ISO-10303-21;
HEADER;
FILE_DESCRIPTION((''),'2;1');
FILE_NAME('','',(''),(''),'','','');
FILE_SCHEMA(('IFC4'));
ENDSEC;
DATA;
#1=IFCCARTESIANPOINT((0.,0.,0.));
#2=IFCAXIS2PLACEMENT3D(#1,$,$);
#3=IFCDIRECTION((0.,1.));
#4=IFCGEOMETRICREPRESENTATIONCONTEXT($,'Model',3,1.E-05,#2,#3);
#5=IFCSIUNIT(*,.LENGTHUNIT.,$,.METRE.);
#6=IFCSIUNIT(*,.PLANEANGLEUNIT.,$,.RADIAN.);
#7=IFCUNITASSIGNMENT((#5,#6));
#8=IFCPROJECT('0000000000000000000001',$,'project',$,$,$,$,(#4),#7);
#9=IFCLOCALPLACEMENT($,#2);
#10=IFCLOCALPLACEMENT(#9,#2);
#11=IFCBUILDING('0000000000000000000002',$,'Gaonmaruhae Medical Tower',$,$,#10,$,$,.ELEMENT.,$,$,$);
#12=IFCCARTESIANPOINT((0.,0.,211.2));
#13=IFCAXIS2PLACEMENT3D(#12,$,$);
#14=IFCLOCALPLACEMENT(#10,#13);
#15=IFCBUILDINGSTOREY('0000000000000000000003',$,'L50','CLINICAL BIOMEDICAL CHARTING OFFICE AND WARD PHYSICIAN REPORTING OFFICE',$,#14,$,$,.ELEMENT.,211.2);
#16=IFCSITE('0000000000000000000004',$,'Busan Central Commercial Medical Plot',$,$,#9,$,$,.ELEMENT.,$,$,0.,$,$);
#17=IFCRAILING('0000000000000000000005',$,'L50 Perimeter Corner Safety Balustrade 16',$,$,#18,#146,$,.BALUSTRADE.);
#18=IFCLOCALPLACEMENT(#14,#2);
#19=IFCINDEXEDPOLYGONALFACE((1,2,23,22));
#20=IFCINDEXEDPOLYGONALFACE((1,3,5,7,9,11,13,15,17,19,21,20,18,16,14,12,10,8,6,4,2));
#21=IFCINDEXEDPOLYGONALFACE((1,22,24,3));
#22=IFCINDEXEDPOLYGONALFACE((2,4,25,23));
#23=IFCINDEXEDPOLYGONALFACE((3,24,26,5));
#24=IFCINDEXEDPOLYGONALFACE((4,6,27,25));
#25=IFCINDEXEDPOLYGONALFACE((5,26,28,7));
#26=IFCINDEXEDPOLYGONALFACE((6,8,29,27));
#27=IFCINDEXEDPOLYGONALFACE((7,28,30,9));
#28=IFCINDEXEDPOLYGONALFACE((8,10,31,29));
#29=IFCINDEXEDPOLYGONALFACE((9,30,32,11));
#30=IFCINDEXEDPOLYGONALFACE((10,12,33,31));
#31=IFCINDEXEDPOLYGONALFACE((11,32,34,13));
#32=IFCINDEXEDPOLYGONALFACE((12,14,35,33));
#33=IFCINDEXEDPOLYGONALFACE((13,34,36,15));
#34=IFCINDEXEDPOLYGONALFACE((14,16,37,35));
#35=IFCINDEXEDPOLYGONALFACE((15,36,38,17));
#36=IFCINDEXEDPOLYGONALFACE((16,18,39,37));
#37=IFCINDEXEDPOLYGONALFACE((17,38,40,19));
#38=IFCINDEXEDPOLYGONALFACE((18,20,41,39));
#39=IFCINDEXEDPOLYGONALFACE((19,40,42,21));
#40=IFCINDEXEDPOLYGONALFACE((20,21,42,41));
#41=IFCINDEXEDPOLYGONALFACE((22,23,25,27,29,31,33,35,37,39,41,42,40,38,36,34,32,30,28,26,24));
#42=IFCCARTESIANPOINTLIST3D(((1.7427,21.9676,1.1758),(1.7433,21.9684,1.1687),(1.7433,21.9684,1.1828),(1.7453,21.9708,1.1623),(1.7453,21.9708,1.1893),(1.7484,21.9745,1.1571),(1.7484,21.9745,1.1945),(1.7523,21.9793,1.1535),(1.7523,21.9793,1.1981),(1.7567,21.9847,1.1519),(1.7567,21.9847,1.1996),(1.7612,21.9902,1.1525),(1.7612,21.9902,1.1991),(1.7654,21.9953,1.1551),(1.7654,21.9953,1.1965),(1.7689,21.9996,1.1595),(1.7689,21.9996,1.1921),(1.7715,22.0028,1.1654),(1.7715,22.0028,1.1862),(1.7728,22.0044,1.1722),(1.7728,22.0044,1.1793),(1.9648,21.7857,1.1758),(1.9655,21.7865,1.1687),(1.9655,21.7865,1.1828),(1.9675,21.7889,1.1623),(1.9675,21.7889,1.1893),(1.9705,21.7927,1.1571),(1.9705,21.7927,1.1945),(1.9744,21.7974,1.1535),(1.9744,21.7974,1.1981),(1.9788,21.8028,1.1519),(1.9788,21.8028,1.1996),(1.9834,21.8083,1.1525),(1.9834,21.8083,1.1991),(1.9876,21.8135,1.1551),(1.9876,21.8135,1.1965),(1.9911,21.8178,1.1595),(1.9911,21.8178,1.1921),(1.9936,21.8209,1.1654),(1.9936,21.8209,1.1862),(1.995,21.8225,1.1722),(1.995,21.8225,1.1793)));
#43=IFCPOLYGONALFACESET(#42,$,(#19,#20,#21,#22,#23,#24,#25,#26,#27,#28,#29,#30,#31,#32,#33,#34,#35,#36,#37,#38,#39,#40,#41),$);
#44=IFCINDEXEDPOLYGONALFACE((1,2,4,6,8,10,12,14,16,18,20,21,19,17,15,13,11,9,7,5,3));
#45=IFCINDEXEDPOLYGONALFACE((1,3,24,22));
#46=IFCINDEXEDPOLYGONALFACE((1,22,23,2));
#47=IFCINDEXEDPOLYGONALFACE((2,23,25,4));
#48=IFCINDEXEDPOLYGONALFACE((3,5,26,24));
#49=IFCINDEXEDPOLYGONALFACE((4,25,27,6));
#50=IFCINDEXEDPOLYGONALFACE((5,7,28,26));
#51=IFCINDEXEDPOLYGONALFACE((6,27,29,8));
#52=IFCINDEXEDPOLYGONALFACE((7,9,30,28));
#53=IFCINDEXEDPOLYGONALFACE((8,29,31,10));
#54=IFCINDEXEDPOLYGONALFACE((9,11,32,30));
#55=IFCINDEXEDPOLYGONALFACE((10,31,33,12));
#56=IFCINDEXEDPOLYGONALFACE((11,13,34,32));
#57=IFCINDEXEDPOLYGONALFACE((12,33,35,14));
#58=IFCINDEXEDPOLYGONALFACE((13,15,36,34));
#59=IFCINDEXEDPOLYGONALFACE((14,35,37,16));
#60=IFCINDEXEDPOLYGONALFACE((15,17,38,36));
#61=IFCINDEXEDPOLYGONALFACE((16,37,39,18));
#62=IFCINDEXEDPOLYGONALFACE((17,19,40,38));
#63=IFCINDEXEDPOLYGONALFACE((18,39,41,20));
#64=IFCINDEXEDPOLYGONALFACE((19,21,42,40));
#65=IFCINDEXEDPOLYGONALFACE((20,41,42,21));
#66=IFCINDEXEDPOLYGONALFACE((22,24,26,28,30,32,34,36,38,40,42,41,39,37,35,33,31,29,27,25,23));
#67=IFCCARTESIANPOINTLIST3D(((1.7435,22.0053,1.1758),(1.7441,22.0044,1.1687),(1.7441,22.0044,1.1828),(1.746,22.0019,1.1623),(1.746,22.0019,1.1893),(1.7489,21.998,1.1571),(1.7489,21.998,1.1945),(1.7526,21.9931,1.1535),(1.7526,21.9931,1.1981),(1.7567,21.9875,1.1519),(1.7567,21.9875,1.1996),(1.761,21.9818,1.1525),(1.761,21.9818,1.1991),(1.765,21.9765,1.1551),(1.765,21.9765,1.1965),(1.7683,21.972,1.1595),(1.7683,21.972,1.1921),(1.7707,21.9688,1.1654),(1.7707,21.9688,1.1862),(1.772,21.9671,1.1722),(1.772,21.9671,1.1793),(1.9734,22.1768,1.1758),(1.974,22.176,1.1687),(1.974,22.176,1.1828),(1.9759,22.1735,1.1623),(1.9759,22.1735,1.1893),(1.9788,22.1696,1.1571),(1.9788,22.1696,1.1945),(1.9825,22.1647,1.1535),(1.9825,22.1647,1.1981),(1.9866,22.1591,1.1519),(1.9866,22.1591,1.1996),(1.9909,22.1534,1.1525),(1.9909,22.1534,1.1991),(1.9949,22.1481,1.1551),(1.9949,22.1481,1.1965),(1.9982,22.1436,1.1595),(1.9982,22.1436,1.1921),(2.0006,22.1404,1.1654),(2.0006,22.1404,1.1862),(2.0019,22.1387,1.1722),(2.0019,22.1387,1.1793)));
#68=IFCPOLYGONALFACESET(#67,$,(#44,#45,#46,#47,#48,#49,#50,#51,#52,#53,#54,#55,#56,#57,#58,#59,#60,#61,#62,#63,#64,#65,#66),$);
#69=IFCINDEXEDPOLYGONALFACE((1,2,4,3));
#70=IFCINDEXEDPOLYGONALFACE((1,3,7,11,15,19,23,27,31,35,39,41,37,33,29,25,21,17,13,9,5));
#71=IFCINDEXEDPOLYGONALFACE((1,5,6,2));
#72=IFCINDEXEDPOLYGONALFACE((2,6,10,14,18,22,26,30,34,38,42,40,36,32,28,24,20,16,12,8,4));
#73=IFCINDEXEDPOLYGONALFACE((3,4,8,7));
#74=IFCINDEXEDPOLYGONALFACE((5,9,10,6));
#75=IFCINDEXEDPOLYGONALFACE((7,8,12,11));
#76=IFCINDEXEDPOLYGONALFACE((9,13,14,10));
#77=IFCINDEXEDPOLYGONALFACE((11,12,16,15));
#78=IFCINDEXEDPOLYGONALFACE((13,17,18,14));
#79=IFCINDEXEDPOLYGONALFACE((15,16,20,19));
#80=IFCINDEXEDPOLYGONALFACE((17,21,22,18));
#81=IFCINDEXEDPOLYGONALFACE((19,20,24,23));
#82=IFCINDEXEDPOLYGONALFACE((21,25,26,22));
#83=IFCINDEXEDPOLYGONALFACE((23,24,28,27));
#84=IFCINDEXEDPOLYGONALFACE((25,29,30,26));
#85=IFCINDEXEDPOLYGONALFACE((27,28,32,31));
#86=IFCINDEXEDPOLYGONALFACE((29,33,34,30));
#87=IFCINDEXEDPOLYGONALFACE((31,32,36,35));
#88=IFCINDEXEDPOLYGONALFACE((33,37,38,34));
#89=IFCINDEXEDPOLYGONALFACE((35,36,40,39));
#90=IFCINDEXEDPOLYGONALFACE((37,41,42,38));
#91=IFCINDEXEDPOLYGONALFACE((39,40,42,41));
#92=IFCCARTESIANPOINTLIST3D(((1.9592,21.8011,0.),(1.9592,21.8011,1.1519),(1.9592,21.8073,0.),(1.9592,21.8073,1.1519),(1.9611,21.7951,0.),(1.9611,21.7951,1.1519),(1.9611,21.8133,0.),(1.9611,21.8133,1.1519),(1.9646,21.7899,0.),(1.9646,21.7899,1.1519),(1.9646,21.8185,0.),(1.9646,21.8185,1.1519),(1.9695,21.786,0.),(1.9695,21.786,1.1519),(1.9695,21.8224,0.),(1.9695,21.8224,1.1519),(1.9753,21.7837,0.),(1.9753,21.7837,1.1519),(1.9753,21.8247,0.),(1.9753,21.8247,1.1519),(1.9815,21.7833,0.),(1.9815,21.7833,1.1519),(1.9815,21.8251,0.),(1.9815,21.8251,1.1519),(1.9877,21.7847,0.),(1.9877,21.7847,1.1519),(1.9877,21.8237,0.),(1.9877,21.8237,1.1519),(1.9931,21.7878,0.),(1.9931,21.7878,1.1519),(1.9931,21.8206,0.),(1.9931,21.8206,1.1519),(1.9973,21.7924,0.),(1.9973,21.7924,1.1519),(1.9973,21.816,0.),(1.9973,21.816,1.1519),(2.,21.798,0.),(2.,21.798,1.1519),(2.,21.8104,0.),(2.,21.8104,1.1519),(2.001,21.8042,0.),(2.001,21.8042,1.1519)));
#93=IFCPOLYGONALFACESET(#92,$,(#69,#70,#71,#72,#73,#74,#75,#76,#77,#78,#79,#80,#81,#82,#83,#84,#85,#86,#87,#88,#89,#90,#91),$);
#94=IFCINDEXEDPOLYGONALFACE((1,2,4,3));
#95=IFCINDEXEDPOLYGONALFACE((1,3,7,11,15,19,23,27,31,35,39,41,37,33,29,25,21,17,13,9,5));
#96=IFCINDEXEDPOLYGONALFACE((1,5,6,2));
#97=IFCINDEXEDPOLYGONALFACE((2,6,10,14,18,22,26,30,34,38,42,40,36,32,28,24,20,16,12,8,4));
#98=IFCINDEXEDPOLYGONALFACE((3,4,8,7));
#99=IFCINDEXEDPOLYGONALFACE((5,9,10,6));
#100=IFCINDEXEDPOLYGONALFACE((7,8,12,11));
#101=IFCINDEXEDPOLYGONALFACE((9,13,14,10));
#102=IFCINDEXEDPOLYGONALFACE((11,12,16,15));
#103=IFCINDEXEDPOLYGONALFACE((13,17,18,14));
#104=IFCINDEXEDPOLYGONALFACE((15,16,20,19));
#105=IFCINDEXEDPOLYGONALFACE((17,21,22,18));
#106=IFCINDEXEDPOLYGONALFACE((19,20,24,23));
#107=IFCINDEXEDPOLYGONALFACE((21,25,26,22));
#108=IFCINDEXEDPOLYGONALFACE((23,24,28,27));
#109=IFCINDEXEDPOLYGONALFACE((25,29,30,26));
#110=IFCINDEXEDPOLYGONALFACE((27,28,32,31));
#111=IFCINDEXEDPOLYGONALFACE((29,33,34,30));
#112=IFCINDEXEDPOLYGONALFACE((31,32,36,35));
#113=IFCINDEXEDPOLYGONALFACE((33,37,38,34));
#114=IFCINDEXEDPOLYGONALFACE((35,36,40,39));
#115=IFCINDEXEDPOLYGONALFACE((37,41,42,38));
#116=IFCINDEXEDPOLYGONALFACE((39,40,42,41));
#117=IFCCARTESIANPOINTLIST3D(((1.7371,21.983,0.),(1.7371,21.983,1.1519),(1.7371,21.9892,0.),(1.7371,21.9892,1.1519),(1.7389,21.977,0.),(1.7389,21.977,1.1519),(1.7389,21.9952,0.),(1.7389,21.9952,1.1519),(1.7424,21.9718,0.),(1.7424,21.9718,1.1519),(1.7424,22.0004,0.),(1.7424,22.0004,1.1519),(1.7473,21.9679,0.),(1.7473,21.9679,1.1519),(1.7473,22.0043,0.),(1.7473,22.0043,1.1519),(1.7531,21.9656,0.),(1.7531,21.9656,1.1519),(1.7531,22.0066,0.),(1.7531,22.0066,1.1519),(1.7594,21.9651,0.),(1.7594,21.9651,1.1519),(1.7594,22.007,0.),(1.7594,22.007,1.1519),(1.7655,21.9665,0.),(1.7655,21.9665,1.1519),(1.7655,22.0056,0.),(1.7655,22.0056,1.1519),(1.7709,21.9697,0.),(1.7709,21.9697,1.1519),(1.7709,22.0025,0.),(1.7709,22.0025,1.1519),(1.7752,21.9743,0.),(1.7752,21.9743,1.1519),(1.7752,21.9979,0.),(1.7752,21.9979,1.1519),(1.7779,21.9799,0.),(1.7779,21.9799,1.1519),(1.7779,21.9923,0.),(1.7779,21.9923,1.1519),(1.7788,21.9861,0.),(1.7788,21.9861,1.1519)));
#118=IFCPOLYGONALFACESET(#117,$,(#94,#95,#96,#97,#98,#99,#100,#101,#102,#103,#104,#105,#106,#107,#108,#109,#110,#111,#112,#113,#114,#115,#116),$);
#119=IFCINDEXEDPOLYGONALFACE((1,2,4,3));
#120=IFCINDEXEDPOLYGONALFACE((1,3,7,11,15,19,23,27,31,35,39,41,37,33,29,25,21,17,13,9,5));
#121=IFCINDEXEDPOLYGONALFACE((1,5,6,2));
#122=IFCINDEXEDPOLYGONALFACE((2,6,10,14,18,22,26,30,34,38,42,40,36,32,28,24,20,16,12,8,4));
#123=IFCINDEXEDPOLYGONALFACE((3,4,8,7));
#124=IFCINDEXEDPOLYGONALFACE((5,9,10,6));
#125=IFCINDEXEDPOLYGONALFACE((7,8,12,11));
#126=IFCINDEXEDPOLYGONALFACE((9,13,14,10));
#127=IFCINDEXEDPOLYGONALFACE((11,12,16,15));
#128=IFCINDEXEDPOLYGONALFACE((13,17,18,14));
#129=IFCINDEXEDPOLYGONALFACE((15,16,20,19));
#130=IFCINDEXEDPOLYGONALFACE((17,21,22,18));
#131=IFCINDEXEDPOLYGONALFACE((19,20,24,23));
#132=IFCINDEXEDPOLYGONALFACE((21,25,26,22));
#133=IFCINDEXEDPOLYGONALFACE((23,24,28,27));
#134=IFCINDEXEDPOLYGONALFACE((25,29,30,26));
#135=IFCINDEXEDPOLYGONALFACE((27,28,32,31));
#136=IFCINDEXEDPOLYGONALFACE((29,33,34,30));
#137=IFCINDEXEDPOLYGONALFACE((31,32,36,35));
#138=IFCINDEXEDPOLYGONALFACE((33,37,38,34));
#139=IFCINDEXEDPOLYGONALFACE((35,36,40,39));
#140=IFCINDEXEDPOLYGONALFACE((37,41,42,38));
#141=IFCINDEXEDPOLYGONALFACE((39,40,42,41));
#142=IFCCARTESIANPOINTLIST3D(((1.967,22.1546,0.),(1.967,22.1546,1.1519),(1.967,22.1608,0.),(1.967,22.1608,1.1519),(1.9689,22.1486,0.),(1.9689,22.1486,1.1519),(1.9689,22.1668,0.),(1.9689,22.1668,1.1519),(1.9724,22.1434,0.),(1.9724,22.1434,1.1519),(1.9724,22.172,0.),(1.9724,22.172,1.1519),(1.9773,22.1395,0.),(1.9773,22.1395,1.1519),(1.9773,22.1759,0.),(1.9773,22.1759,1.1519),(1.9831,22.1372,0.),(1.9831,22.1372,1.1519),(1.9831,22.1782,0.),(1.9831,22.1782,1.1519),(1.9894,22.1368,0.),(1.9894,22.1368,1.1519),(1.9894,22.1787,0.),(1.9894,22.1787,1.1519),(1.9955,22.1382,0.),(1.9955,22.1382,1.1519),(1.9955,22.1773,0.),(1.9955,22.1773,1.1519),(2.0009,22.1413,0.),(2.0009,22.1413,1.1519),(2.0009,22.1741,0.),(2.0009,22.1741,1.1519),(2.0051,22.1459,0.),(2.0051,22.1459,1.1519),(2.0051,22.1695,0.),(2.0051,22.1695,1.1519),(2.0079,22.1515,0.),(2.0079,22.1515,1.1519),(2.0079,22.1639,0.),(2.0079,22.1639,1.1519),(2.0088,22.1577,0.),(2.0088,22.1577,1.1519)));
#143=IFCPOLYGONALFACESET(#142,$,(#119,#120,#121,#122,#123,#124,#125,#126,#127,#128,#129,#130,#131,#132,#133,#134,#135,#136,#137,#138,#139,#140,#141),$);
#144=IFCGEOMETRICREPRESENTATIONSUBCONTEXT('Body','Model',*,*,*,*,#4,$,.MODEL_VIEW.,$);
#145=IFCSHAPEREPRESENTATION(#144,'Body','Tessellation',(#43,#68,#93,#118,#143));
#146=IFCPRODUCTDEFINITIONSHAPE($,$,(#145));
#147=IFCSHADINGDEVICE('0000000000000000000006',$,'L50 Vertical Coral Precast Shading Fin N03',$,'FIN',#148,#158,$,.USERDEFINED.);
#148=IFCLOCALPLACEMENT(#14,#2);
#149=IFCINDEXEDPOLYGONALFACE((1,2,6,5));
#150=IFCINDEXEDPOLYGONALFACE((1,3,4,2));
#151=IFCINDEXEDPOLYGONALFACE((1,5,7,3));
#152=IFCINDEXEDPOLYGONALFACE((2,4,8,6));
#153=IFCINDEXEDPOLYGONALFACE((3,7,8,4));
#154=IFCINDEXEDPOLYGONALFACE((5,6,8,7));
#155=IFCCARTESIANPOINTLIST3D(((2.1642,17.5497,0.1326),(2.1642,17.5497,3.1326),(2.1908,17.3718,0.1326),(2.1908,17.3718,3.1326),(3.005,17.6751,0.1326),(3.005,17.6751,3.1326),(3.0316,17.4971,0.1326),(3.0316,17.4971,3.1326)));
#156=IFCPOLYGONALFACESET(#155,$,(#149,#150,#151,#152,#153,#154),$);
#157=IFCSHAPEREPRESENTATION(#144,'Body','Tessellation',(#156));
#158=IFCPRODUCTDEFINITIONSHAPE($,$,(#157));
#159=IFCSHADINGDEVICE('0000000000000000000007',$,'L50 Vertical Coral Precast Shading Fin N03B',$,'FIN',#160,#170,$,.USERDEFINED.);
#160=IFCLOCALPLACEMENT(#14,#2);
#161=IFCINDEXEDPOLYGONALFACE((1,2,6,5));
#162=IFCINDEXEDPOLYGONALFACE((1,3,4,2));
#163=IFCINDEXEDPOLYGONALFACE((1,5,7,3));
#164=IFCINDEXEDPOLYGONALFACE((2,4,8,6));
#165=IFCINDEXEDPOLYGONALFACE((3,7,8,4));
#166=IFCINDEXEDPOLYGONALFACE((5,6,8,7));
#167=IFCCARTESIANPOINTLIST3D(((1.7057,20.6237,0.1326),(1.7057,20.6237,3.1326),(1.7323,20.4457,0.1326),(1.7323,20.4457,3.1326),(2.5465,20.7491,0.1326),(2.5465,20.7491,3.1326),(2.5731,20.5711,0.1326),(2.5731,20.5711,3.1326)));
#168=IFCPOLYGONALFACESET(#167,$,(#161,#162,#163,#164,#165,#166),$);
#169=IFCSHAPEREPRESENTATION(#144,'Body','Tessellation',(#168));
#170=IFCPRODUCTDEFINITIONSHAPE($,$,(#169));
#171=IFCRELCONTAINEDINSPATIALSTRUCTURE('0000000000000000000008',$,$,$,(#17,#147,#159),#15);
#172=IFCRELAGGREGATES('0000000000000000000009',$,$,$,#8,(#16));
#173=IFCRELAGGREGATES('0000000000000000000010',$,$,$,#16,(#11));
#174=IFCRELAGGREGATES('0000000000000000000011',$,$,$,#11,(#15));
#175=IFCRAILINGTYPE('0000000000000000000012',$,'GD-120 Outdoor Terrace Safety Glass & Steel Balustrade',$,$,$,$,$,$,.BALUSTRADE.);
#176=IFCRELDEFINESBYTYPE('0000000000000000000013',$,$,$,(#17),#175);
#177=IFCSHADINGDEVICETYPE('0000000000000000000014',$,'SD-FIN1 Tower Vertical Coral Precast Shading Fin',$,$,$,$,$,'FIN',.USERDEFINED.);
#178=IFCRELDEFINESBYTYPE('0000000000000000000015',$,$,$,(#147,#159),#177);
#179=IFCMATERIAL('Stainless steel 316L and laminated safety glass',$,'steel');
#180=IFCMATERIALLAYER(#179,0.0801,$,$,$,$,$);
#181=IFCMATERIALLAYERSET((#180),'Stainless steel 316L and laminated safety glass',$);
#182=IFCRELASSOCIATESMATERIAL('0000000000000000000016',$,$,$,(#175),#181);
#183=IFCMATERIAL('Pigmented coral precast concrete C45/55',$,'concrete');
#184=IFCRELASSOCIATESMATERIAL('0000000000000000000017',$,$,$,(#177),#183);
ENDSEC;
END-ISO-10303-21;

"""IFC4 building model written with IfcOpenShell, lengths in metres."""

from ifc_helpers import new_model, si_unit, direction, frame, origin, origin_2d, place, context, subcontext, project, spatial, rectangle, circle, extrude, material, layer, layer_set, type_object, element, save


model = new_model("IFC4")

# Units and contexts
model_context = context("Model", 3, precision=1e-05, world=origin(), true_north=direction((0.0, 1.0)))
body_context = subcontext(model_context, "Body", "Model", "MODEL_VIEW")
ifc_project = project(units=[si_unit("LENGTHUNIT", "METRE"), si_unit("PLANEANGLEUNIT", "RADIAN")], contexts=[model_context])

# Site, building, storey
site_placement = place(None, origin())
site = spatial("IfcSite", under=ifc_project, at=site_placement, Name="Busan Central Commercial Medical Plot", CompositionType="ELEMENT", RefElevation=0.0)
building_placement = place(site_placement, origin())
building = spatial("IfcBuilding", under=site, at=building_placement, Name="Gaonmaruhae Medical Tower", CompositionType="ELEMENT")
storey_placement = place(building_placement, frame((0.0, 0.0, 211.2)))
storey = spatial("IfcBuildingStorey", under=building, at=storey_placement, Name="L50", Description="CLINICAL BIOMEDICAL CHARTING OFFICE AND WARD PHYSICIAN REPORTING OFFICE", CompositionType="ELEMENT", Elevation=211.2)

# Railing
ifc_material_1 = material(Name="Stainless steel 316L and laminated safety glass", Category="steel")
ifc_layer_1 = layer(ifc_material_1, 0.0801)
ifc_layer_set_1 = layer_set([ifc_layer_1], Name="Stainless steel 316L and laminated safety glass")
railing_type = type_object("IfcRailingType", Name="GD-120 Outdoor Terrace Safety Glass & Steel Balustrade", PredefinedType="BALUSTRADE", material=ifc_layer_set_1)
railing_1_placement = place(storey_placement, frame((1.98, 21.8042, 0.0)))
element("IfcRailing", 1, at=railing_1_placement, inside=storey, type_object=railing_type, Name="L50 Perimeter Corner Safety Balustrade 16", PredefinedType="BALUSTRADE", context=body_context, shape_type="SweptSolid", body=[
    extrude(circle(Radius=0.0239, at=origin_2d()), frame((0.0, 0.0, 1.1758), z_axis=(-0.773768, 0.633469, 0.0), x_axis=(-0.633469, -0.773768, 0.0)), (0.0, 0.0, 1.0), 0.2871),
    extrude(circle(Radius=0.0239, at=origin_2d()), frame((-0.2222, 0.1819, 1.1758), z_axis=(0.801427, 0.598093, 0.0), x_axis=(-0.598093, 0.801427, 0.0)), (0.0, 0.0, 1.0), 0.2869),
    extrude(circle(Radius=0.021, at=origin_2d()), origin(), (0.0, 0.0, 1.0), 1.1519),
    extrude(circle(Radius=0.021, at=origin_2d()), frame((-0.2222, 0.1819, 0.0)), (0.0, 0.0, 1.0), 1.1519),
    extrude(circle(Radius=0.021, at=origin_2d()), frame((0.0078, 0.3535, 0.0)), (0.0, 0.0, 1.0), 1.1519),
])

# Shading devices
ifc_material_2 = material(Name="Pigmented coral precast concrete C45/55", Category="concrete")
shading_device_type = type_object("IfcShadingDeviceType", Name="SD-FIN1 Tower Vertical Coral Precast Shading Fin", ElementType="FIN", PredefinedType="USERDEFINED", material=ifc_material_2)
for number, where, z_axis, x_axis, name in (
    (2, (2.5979, 17.5234, 0.1326), (0.0, 0.0, 1.0), (-0.147499, 0.989062, 0.0), "L50 Vertical Coral Precast Shading Fin N03"),
    (3, (2.1394, 20.5974, 0.1326), (0.0, 0.0, 1.0), (-0.147499, 0.989062, 0.0), "L50 Vertical Coral Precast Shading Fin N03B"),
):
    element("IfcShadingDevice", number, at=place(storey_placement, frame(where, z_axis=z_axis, x_axis=x_axis)), inside=storey, type_object=shading_device_type, Name=name, ObjectType="FIN", PredefinedType="USERDEFINED", context=body_context, shape_type="SweptSolid", body=[
        extrude(rectangle(XDim=0.1799, YDim=0.8501, at=origin_2d()), origin(), (0.0, 0.0, 1.0), 3.0),
    ])

save(model, "model.ifc")
